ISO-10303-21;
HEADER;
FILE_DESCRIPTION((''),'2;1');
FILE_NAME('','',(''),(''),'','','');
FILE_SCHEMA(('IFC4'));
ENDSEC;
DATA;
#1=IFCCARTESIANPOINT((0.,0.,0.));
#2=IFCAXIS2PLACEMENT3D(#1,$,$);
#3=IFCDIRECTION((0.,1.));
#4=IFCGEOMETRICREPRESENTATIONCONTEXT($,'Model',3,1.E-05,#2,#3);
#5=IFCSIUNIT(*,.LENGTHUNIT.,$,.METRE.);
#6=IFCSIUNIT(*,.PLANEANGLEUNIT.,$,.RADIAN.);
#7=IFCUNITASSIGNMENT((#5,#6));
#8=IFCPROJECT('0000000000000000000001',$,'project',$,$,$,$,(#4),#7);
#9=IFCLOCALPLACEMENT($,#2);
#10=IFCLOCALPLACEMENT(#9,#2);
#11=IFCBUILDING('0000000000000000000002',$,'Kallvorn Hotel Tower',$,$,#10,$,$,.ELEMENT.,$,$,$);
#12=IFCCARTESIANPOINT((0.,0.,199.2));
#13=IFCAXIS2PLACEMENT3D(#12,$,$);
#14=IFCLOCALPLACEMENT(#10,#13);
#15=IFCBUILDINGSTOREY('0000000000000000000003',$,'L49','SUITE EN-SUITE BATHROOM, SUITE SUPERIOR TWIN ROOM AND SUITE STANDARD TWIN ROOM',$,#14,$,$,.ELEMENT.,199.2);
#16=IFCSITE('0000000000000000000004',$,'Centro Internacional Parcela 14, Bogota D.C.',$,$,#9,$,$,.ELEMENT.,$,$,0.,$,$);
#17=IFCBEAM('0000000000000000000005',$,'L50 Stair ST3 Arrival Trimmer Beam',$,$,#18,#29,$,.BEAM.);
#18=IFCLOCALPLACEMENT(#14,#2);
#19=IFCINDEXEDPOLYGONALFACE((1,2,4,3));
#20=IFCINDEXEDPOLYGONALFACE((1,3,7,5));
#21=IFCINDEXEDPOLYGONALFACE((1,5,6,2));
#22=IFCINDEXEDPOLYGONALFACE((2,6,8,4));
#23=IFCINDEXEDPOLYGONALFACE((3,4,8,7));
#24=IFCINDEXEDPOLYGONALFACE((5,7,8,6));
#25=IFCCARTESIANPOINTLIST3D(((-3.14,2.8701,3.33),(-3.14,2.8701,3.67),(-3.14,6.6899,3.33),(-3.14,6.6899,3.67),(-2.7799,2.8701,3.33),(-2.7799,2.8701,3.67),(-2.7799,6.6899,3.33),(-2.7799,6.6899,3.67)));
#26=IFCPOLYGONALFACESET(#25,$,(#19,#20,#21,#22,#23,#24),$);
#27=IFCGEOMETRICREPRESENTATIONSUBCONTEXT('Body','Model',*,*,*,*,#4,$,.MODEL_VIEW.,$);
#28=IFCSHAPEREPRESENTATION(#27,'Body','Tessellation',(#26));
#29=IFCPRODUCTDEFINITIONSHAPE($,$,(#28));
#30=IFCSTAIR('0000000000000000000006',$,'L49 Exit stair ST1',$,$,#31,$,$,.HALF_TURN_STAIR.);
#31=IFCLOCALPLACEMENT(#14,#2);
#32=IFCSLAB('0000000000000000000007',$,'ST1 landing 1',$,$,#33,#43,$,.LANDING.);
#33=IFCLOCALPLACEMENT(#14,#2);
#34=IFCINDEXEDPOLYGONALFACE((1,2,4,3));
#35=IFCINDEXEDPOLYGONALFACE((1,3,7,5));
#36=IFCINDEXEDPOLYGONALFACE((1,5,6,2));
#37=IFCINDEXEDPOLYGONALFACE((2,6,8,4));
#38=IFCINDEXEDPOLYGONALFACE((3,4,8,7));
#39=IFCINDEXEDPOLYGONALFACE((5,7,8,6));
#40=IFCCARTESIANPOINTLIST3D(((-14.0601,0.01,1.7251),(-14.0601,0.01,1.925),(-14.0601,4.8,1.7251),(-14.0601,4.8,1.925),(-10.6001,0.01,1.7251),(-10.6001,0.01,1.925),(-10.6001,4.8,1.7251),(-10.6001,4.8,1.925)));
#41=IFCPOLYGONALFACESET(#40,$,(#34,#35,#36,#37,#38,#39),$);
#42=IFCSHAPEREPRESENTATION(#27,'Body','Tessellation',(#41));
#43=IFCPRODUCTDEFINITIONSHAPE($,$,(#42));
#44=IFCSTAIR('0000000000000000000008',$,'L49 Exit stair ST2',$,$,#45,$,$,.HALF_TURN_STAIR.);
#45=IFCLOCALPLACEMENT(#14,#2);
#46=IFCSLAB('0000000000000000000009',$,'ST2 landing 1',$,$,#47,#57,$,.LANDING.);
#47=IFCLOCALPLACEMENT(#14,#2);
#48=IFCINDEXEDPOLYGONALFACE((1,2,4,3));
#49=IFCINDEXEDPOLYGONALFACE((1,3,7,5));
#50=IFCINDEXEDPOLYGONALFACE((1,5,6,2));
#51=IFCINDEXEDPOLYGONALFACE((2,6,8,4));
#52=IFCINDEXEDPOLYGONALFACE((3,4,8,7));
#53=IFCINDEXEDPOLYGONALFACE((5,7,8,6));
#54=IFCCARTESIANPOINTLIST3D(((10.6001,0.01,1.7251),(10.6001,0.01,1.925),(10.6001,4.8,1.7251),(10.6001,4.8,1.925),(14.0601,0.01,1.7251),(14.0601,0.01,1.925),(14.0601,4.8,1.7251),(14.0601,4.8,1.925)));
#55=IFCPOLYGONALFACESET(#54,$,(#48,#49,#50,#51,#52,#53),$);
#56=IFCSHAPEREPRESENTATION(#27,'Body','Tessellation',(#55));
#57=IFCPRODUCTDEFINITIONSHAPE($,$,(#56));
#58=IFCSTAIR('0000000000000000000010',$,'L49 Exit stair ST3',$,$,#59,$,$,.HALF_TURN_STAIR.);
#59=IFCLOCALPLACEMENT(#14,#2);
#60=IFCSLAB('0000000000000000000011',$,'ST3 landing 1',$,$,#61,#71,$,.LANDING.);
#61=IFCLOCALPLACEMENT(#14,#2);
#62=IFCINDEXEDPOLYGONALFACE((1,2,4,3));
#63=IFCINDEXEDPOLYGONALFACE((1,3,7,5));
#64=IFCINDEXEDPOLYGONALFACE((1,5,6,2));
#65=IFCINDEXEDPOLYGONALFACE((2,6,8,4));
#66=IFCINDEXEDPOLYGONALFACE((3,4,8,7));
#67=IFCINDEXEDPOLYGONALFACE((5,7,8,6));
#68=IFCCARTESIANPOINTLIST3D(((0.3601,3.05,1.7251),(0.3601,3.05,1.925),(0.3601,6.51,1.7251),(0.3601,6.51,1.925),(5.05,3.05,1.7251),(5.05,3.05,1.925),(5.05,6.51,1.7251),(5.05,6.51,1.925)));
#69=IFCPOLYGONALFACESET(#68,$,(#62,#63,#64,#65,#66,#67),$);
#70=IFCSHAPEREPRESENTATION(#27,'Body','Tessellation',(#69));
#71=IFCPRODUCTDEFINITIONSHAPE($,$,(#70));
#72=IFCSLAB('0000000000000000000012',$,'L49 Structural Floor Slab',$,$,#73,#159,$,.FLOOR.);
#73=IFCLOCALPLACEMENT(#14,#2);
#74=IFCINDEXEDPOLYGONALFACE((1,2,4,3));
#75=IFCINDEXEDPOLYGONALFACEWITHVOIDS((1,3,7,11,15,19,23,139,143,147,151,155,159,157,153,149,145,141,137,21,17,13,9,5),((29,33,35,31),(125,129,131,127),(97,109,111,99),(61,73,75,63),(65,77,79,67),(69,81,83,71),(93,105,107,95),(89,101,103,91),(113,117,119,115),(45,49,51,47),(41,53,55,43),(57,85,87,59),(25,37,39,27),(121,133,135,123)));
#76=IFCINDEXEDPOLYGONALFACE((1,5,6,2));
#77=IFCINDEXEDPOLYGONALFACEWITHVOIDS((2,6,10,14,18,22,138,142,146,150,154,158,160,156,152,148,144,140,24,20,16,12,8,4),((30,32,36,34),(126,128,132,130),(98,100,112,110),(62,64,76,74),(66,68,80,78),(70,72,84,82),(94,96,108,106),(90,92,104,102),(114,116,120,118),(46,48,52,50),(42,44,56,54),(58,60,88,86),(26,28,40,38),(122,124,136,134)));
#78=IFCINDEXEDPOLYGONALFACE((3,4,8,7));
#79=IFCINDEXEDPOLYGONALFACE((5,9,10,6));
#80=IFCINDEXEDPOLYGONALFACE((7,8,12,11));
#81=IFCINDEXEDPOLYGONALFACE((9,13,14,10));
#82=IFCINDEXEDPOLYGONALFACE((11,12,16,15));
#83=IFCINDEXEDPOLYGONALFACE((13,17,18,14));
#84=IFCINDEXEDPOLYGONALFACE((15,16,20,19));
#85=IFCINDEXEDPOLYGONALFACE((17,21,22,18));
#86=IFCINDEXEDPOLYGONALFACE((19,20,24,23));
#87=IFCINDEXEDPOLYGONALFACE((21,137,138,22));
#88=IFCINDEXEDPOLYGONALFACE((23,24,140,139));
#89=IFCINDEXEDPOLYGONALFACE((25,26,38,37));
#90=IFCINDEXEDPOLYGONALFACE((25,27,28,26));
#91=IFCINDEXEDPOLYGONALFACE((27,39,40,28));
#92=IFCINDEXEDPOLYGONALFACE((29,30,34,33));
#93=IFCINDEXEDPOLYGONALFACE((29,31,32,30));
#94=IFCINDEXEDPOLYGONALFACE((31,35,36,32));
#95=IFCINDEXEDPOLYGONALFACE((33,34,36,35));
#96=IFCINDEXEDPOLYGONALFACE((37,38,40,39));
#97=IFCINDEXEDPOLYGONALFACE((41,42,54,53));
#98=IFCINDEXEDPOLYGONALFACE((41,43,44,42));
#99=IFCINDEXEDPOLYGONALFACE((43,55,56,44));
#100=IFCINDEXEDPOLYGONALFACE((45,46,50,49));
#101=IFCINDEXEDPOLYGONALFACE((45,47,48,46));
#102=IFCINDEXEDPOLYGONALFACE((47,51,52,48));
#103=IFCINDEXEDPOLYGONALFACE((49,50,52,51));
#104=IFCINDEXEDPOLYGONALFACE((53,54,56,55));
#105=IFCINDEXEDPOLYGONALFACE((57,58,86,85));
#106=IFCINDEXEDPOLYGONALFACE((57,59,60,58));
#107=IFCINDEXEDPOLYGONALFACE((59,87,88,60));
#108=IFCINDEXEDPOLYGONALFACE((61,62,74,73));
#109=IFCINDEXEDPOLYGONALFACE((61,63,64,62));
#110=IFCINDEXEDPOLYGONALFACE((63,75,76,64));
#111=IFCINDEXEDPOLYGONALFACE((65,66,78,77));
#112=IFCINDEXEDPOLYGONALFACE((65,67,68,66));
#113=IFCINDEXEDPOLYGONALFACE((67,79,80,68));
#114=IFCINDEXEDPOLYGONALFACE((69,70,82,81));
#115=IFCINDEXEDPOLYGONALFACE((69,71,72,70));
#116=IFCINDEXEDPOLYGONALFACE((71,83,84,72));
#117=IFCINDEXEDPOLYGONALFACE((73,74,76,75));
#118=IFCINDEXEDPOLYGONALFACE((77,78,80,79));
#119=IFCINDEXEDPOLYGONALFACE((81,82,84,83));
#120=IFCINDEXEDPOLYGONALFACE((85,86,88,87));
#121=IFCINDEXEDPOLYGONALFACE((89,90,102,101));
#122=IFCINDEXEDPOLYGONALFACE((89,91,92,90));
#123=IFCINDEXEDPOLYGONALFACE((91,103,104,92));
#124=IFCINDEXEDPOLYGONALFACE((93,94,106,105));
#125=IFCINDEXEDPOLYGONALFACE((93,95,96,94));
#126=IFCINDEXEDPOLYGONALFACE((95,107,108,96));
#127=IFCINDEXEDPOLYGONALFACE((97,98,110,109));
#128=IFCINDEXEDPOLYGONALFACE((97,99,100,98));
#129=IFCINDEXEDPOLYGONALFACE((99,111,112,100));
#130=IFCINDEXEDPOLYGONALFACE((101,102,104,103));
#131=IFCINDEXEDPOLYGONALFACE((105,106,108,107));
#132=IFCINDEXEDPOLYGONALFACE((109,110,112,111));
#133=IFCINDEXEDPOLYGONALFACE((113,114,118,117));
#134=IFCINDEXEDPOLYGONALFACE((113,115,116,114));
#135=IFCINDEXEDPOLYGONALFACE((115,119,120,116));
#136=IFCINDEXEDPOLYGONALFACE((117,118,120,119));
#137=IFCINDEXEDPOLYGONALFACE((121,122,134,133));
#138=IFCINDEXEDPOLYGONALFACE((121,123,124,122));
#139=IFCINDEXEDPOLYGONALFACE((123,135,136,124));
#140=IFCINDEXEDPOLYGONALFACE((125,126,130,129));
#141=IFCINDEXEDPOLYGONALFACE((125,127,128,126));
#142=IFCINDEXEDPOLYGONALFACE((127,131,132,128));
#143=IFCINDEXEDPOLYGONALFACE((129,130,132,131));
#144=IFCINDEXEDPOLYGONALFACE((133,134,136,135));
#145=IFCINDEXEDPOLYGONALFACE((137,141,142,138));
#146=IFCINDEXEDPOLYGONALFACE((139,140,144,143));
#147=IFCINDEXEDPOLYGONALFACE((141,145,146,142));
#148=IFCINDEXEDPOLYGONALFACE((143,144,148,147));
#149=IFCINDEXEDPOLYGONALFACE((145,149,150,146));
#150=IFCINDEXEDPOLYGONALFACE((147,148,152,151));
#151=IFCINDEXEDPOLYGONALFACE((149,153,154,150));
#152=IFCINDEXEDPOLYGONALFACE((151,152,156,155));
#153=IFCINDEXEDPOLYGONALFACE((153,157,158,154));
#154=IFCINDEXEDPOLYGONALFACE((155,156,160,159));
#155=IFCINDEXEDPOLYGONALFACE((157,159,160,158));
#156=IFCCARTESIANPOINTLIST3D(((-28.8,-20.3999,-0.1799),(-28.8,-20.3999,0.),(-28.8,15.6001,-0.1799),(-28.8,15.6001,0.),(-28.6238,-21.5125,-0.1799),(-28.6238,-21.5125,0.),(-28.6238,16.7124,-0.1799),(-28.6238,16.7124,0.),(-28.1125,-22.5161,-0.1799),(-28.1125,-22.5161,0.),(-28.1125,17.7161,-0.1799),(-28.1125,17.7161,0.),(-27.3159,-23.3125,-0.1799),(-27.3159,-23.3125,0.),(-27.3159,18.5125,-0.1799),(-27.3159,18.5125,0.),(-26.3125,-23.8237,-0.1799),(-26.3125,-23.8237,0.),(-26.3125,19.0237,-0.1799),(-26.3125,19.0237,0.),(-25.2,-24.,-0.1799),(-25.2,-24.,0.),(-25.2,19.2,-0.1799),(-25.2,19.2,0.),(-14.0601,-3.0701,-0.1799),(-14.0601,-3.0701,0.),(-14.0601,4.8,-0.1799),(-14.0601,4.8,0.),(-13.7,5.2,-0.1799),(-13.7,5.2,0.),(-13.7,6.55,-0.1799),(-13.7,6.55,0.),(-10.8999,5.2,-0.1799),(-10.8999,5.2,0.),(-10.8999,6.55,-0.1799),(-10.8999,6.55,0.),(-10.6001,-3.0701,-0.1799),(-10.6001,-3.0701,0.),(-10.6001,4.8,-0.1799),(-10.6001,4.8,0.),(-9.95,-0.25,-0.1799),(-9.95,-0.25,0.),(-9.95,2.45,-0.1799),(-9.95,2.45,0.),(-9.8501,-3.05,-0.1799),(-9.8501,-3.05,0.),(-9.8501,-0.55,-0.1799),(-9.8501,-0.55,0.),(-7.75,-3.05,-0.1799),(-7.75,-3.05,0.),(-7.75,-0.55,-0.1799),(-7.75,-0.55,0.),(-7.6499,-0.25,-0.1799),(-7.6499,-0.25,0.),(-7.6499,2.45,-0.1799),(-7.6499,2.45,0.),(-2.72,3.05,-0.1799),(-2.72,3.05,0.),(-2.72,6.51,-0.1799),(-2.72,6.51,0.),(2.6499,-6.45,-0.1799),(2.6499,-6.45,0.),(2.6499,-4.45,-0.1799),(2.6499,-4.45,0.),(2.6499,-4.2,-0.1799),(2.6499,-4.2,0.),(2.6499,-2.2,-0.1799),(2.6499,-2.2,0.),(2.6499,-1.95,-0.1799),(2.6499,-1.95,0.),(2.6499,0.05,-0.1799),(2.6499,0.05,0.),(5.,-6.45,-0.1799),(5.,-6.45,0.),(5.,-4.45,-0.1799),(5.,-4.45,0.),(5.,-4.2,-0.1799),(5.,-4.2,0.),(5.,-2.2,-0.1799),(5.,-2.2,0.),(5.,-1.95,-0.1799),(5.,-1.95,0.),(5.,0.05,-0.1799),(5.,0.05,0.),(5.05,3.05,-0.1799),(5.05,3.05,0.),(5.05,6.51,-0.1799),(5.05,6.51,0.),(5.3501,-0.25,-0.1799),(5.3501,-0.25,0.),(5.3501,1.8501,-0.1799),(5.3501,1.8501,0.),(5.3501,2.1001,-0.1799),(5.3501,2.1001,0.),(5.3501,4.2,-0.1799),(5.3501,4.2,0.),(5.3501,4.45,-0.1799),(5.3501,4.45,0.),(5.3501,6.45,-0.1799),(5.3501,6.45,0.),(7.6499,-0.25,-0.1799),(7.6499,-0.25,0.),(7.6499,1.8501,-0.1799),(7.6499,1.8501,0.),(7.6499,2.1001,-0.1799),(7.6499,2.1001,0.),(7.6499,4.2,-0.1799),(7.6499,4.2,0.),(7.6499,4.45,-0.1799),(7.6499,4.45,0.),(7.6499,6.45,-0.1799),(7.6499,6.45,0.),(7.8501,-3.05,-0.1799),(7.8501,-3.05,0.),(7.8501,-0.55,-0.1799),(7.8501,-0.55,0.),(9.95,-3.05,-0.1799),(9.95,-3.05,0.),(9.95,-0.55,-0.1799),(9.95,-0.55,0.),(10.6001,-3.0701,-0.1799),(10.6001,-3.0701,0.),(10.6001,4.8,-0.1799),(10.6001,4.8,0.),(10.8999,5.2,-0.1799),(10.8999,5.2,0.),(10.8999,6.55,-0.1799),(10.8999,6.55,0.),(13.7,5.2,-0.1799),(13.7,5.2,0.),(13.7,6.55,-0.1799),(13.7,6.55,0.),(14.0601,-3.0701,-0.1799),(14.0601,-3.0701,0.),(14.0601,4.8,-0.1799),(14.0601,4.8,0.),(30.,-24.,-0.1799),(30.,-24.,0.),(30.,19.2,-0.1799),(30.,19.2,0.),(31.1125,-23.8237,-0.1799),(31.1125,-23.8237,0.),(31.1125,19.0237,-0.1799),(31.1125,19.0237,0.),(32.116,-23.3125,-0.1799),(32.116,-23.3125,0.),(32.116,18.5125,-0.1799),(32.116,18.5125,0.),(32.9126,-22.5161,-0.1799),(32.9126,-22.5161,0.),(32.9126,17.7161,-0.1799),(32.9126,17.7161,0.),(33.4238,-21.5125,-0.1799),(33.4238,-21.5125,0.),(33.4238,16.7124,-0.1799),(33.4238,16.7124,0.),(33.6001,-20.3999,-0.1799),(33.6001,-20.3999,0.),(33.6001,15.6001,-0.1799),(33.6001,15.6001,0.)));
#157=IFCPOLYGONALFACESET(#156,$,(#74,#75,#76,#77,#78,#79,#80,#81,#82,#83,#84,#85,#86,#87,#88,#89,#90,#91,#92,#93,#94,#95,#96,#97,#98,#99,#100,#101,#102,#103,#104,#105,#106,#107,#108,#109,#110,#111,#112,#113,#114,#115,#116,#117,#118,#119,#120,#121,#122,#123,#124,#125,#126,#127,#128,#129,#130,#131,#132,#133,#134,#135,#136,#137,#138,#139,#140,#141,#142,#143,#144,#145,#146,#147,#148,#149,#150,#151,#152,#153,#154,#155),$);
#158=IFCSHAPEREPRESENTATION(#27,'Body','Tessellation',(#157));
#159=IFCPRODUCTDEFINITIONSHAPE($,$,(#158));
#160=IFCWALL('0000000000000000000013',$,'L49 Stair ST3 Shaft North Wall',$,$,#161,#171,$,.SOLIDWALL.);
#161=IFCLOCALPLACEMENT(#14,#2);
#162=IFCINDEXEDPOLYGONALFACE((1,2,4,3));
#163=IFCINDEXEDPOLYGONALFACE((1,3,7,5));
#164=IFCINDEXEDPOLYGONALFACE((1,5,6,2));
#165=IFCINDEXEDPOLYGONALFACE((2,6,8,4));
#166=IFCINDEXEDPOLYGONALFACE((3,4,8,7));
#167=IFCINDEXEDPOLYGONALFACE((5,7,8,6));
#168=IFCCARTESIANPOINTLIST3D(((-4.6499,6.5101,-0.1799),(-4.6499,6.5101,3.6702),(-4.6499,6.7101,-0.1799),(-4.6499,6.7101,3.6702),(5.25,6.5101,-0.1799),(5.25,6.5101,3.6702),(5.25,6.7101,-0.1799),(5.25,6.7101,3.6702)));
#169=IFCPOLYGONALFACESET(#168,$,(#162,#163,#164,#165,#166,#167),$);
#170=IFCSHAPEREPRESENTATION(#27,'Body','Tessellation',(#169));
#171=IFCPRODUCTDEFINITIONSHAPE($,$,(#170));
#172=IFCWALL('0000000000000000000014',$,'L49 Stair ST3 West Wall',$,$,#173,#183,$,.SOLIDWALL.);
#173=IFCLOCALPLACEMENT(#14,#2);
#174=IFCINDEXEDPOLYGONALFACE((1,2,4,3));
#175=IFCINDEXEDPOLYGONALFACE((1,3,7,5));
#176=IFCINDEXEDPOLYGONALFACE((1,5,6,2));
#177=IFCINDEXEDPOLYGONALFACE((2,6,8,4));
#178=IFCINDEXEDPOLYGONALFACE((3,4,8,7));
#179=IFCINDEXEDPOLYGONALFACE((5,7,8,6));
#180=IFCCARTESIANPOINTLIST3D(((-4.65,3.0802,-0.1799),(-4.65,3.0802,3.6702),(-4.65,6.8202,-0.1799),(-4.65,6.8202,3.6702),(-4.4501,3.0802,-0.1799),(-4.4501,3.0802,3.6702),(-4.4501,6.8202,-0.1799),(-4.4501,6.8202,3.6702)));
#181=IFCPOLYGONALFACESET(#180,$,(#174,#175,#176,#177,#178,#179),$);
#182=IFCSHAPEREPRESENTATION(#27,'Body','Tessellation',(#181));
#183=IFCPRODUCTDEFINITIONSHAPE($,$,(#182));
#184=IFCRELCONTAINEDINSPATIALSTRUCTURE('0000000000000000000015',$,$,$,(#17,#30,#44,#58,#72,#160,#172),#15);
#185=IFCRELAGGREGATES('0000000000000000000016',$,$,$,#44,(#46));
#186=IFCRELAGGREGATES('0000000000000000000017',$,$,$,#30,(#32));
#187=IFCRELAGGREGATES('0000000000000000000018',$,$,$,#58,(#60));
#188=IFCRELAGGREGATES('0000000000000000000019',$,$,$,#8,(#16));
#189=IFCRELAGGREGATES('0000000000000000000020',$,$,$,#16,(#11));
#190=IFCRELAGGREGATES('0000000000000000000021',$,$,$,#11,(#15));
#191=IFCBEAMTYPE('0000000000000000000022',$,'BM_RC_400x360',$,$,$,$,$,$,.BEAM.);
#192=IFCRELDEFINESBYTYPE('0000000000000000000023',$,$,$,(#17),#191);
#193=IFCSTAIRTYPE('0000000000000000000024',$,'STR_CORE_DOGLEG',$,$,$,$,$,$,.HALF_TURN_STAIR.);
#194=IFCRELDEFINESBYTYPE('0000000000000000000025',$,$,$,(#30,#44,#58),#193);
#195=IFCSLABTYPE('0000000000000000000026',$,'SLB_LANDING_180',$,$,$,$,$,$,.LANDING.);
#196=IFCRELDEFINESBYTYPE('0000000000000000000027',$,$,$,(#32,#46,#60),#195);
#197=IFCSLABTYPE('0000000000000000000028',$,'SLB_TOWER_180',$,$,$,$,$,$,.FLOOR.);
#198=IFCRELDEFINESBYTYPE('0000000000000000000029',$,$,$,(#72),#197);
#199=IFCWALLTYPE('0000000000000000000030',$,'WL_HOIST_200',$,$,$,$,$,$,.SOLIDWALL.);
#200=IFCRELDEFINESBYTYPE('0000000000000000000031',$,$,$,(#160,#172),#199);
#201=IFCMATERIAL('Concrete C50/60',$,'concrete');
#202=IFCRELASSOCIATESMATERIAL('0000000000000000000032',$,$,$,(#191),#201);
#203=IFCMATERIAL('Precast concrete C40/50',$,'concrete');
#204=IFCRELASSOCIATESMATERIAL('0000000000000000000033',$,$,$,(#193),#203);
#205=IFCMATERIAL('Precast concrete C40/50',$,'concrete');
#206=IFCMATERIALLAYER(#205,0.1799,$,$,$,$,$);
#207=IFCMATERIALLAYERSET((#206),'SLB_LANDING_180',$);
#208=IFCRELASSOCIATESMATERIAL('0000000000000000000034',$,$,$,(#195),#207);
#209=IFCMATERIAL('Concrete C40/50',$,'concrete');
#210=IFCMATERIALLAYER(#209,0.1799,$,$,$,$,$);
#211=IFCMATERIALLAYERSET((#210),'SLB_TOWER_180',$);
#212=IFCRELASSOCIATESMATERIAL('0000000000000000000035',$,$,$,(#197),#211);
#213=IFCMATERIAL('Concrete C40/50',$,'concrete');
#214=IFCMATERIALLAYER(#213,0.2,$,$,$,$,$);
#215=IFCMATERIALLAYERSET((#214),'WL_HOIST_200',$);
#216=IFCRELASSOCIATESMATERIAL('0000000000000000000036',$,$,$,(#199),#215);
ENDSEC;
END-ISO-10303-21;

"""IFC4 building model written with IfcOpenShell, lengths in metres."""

from ifc_helpers import new_model, si_unit, direction, frame, frame_2d, origin, origin_2d, place, context, subcontext, project, spatial, polyline, rectangle, outline, extrude, material, layer, layer_set, material_profile, profile_set, type_object, element, aggregate, save


model = new_model("IFC4")

# Units and contexts
model_context = context("Model", 3, precision=1e-05, world=origin(), true_north=direction((0.0, 1.0)))
body_context = subcontext(model_context, "Body", "Model", "MODEL_VIEW")
ifc_project = project(units=[si_unit("LENGTHUNIT", "METRE"), si_unit("PLANEANGLEUNIT", "RADIAN")], contexts=[model_context])

# Site, building, storey
site_placement = place(None, origin())
site = spatial("IfcSite", under=ifc_project, at=site_placement, Name="Centro Internacional Parcela 14, Bogota D.C.", CompositionType="ELEMENT", RefElevation=0.0)
building_placement = place(site_placement, origin())
building = spatial("IfcBuilding", under=site, at=building_placement, Name="Kallvorn Hotel Tower", CompositionType="ELEMENT")
storey_placement = place(building_placement, frame((0.0, 0.0, 199.2)))
storey = spatial("IfcBuildingStorey", under=building, at=storey_placement, Name="L49", Description="SUITE EN-SUITE BATHROOM, SUITE SUPERIOR TWIN ROOM AND SUITE STANDARD TWIN ROOM", CompositionType="ELEMENT", Elevation=199.2)

# Beam
ifc_material_1 = material(Name="Concrete C50/60", Category="concrete")
ifc_material_profile = material_profile(ifc_material_1, rectangle(XDim=0.3601, YDim=0.3401, at=origin_2d()), Name="RC 360x340")
ifc_profile_set = profile_set([ifc_material_profile], Name="Concrete C50/60")
beam_type = type_object("IfcBeamType", Name="BM_RC_400x360", PredefinedType="BEAM", material=ifc_profile_set)
beam_placement = place(storey_placement, frame((-2.96, 2.8701, 3.5), z_axis=(0.0, 1.0, 0.0), x_axis=(-1.0, 0.0, 0.0)))
element("IfcBeam", 1, at=beam_placement, inside=storey, type_object=beam_type, Name="L50 Stair ST3 Arrival Trimmer Beam", PredefinedType="BEAM", context=body_context, shape_type="SweptSolid", body=[
    extrude(rectangle(XDim=0.3601, YDim=0.3401, at=origin_2d()), origin(), (0.0, 0.0, 1.0), 3.8198),
])

# Stairs, slabs
ifc_material_2 = material(Name="Precast concrete C40/50", Category="concrete")
stair_type = type_object("IfcStairType", Name="STR_CORE_DOGLEG", PredefinedType="HALF_TURN_STAIR", material=ifc_material_2)
stair_1_placement = place(storey_placement, origin())
stair_1 = element("IfcStair", 2, at=stair_1_placement, inside=storey, type_object=stair_type, Name="L49 Exit stair ST1", PredefinedType="HALF_TURN_STAIR")
ifc_material_3 = material(Name="Precast concrete C40/50", Category="concrete")
ifc_layer_1 = layer(ifc_material_3, 0.1799)
ifc_layer_set_1 = layer_set([ifc_layer_1], Name="SLB_LANDING_180")
slab_type_1 = type_object("IfcSlabType", Name="SLB_LANDING_180", PredefinedType="LANDING", material=ifc_layer_set_1)
slab_1_placement = place(storey_placement, frame((0.0, 0.0, 1.7251)))
slab_1 = element("IfcSlab", 3, at=slab_1_placement, type_object=slab_type_1, Name="ST1 landing 1", PredefinedType="LANDING", context=body_context, shape_type="SweptSolid", body=[
    extrude(outline(polyline([(-10.6001, 0.01), (-10.6001, 4.8), (-14.0601, 4.8), (-14.0601, 0.01), (-10.6001, 0.01)])), origin(), (0.0, 0.0, 1.0), 0.2),
])
stair_2_placement = place(storey_placement, origin())
stair_2 = element("IfcStair", 4, at=stair_2_placement, inside=storey, type_object=stair_type, Name="L49 Exit stair ST2", PredefinedType="HALF_TURN_STAIR")
slab_2_placement = place(storey_placement, frame((0.0, 0.0, 1.7251)))
slab_2 = element("IfcSlab", 5, at=slab_2_placement, type_object=slab_type_1, Name="ST2 landing 1", PredefinedType="LANDING", context=body_context, shape_type="SweptSolid", body=[
    extrude(outline(polyline([(14.0601, 0.01), (14.0601, 4.8), (10.6001, 4.8), (10.6001, 0.01), (14.0601, 0.01)])), origin(), (0.0, 0.0, 1.0), 0.2),
])
aggregate(stair_2, [slab_2])
stair_3_placement = place(storey_placement, origin())
stair_3 = element("IfcStair", 6, at=stair_3_placement, inside=storey, type_object=stair_type, Name="L49 Exit stair ST3", PredefinedType="HALF_TURN_STAIR")
slab_3_placement = place(storey_placement, frame((0.0, 0.0, 1.7251)))
slab_3 = element("IfcSlab", 7, at=slab_3_placement, type_object=slab_type_1, Name="ST3 landing 1", PredefinedType="LANDING", context=body_context, shape_type="SweptSolid", body=[
    extrude(outline(polyline([(0.3601, 3.05), (5.05, 3.05), (5.05, 6.51), (0.3601, 6.51), (0.3601, 3.05)])), origin(), (0.0, 0.0, 1.0), 0.2),
])

# Slab
ifc_material_4 = material(Name="Concrete C40/50", Category="concrete")
ifc_layer_2 = layer(ifc_material_4, 0.1799)
ifc_layer_set_2 = layer_set([ifc_layer_2], Name="SLB_TOWER_180")
slab_type_2 = type_object("IfcSlabType", Name="SLB_TOWER_180", PredefinedType="FLOOR", material=ifc_layer_set_2)
slab_4_placement = place(storey_placement, frame((0.0, 0.0, -0.1799)))
element("IfcSlab", 8, at=slab_4_placement, inside=storey, type_object=slab_type_2, Name="L49 Structural Floor Slab", PredefinedType="FLOOR", context=body_context, shape_type="SweptSolid", body=[
    extrude(outline(polyline([(30.0, -24.0), (31.1125, -23.8237), (32.116, -23.3125), (32.9126, -22.5161), (33.4238, -21.5125), (33.6001, -20.3999), (33.6001, 15.6001), (33.4238, 16.7124), (32.9126, 17.7161), (32.116, 18.5125), (31.1125, 19.0237), (30.0, 19.2), (-25.2, 19.2), (-26.3125, 19.0237), (-27.3159, 18.5125), (-28.1125, 17.7161), (-28.6238, 16.7124), (-28.8, 15.6001), (-28.8, -20.3999), (-28.6238, -21.5125), (-28.1125, -22.5161), (-27.3159, -23.3125), (-26.3125, -23.8237), (-25.2, -24.0), (30.0, -24.0)]), holes=[polyline([(-10.6001, -3.0701), (-10.6001, 4.8), (-14.0601, 4.8), (-14.0601, -3.0701), (-10.6001, -3.0701)]), polyline([(14.0601, -3.0701), (14.0601, 4.8), (10.6001, 4.8), (10.6001, -3.0701), (14.0601, -3.0701)]), polyline([(-2.72, 3.05), (5.05, 3.05), (5.05, 6.51), (-2.72, 6.51), (-2.72, 3.05)]), polyline([(2.6499, -6.45), (5.0, -6.45), (5.0, -4.45), (2.6499, -4.45), (2.6499, -6.45)]), polyline([(2.6499, -4.2), (5.0, -4.2), (5.0, -2.2), (2.6499, -2.2), (2.6499, -4.2)]), polyline([(2.6499, -1.95), (5.0, -1.95), (5.0, 0.05), (2.6499, 0.05), (2.6499, -1.95)]), polyline([(5.3501, -0.25), (7.6499, -0.25), (7.6499, 1.8501), (5.3501, 1.8501), (5.3501, -0.25)]), polyline([(5.3501, 2.1001), (7.6499, 2.1001), (7.6499, 4.2), (5.3501, 4.2), (5.3501, 2.1001)]), polyline([(5.3501, 4.45), (7.6499, 4.45), (7.6499, 6.45), (5.3501, 6.45), (5.3501, 4.45)]), polyline([(-9.8501, -3.05), (-7.75, -3.05), (-7.75, -0.55), (-9.8501, -0.55), (-9.8501, -3.05)]), polyline([(7.8501, -3.05), (9.95, -3.05), (9.95, -0.55), (7.8501, -0.55), (7.8501, -3.05)]), polyline([(-9.95, -0.25), (-7.6499, -0.25), (-7.6499, 2.45), (-9.95, 2.45), (-9.95, -0.25)]), polyline([(-13.7, 5.2), (-10.8999, 5.2), (-10.8999, 6.55), (-13.7, 6.55), (-13.7, 5.2)]), polyline([(10.8999, 5.2), (13.7, 5.2), (13.7, 6.55), (10.8999, 6.55), (10.8999, 5.2)])]), origin(), (0.0, 0.0, 1.0), 0.1799),
])

# Walls
ifc_material_5 = material(Name="Concrete C40/50", Category="concrete")
ifc_layer_3 = layer(ifc_material_5, 0.2)
ifc_layer_set_3 = layer_set([ifc_layer_3], Name="WL_HOIST_200")
wall_type_1 = type_object("IfcWallType", Name="WL_HOIST_200", PredefinedType="SOLIDWALL", material=ifc_layer_set_3)
wall_1_placement = place(storey_placement, frame((-4.6499, 6.6101, -0.1799), z_axis=(0.0, 0.0, 1.0), x_axis=(1.0, 0.0, 0.0)))
element("IfcWall", 9, at=wall_1_placement, inside=storey, type_object=wall_type_1, Name="L49 Stair ST3 Shaft North Wall", PredefinedType="SOLIDWALL", context=body_context, shape_type="SweptSolid", body=[
    extrude(rectangle(XDim=9.8999, YDim=0.2, at=frame_2d((4.95, 0.0))), origin(), (0.0, 0.0, 1.0), 3.8501),
])
wall_2_placement = place(storey_placement, frame((-4.55, 3.0801, -0.1799), z_axis=(0.0, 0.0, 1.0), x_axis=(0.0, 1.0, 0.0)))
element("IfcWall", 10, at=wall_2_placement, inside=storey, type_object=wall_type_1, Name="L49 Stair ST3 West Wall", PredefinedType="SOLIDWALL", context=body_context, shape_type="SweptSolid", body=[
    extrude(rectangle(XDim=3.74, YDim=0.2, at=frame_2d((1.8701, 0.0))), origin(), (0.0, 0.0, 1.0), 3.8501),
])

aggregate(stair_1, [slab_1])
aggregate(stair_3, [slab_3])

save(model, "model.ifc")
